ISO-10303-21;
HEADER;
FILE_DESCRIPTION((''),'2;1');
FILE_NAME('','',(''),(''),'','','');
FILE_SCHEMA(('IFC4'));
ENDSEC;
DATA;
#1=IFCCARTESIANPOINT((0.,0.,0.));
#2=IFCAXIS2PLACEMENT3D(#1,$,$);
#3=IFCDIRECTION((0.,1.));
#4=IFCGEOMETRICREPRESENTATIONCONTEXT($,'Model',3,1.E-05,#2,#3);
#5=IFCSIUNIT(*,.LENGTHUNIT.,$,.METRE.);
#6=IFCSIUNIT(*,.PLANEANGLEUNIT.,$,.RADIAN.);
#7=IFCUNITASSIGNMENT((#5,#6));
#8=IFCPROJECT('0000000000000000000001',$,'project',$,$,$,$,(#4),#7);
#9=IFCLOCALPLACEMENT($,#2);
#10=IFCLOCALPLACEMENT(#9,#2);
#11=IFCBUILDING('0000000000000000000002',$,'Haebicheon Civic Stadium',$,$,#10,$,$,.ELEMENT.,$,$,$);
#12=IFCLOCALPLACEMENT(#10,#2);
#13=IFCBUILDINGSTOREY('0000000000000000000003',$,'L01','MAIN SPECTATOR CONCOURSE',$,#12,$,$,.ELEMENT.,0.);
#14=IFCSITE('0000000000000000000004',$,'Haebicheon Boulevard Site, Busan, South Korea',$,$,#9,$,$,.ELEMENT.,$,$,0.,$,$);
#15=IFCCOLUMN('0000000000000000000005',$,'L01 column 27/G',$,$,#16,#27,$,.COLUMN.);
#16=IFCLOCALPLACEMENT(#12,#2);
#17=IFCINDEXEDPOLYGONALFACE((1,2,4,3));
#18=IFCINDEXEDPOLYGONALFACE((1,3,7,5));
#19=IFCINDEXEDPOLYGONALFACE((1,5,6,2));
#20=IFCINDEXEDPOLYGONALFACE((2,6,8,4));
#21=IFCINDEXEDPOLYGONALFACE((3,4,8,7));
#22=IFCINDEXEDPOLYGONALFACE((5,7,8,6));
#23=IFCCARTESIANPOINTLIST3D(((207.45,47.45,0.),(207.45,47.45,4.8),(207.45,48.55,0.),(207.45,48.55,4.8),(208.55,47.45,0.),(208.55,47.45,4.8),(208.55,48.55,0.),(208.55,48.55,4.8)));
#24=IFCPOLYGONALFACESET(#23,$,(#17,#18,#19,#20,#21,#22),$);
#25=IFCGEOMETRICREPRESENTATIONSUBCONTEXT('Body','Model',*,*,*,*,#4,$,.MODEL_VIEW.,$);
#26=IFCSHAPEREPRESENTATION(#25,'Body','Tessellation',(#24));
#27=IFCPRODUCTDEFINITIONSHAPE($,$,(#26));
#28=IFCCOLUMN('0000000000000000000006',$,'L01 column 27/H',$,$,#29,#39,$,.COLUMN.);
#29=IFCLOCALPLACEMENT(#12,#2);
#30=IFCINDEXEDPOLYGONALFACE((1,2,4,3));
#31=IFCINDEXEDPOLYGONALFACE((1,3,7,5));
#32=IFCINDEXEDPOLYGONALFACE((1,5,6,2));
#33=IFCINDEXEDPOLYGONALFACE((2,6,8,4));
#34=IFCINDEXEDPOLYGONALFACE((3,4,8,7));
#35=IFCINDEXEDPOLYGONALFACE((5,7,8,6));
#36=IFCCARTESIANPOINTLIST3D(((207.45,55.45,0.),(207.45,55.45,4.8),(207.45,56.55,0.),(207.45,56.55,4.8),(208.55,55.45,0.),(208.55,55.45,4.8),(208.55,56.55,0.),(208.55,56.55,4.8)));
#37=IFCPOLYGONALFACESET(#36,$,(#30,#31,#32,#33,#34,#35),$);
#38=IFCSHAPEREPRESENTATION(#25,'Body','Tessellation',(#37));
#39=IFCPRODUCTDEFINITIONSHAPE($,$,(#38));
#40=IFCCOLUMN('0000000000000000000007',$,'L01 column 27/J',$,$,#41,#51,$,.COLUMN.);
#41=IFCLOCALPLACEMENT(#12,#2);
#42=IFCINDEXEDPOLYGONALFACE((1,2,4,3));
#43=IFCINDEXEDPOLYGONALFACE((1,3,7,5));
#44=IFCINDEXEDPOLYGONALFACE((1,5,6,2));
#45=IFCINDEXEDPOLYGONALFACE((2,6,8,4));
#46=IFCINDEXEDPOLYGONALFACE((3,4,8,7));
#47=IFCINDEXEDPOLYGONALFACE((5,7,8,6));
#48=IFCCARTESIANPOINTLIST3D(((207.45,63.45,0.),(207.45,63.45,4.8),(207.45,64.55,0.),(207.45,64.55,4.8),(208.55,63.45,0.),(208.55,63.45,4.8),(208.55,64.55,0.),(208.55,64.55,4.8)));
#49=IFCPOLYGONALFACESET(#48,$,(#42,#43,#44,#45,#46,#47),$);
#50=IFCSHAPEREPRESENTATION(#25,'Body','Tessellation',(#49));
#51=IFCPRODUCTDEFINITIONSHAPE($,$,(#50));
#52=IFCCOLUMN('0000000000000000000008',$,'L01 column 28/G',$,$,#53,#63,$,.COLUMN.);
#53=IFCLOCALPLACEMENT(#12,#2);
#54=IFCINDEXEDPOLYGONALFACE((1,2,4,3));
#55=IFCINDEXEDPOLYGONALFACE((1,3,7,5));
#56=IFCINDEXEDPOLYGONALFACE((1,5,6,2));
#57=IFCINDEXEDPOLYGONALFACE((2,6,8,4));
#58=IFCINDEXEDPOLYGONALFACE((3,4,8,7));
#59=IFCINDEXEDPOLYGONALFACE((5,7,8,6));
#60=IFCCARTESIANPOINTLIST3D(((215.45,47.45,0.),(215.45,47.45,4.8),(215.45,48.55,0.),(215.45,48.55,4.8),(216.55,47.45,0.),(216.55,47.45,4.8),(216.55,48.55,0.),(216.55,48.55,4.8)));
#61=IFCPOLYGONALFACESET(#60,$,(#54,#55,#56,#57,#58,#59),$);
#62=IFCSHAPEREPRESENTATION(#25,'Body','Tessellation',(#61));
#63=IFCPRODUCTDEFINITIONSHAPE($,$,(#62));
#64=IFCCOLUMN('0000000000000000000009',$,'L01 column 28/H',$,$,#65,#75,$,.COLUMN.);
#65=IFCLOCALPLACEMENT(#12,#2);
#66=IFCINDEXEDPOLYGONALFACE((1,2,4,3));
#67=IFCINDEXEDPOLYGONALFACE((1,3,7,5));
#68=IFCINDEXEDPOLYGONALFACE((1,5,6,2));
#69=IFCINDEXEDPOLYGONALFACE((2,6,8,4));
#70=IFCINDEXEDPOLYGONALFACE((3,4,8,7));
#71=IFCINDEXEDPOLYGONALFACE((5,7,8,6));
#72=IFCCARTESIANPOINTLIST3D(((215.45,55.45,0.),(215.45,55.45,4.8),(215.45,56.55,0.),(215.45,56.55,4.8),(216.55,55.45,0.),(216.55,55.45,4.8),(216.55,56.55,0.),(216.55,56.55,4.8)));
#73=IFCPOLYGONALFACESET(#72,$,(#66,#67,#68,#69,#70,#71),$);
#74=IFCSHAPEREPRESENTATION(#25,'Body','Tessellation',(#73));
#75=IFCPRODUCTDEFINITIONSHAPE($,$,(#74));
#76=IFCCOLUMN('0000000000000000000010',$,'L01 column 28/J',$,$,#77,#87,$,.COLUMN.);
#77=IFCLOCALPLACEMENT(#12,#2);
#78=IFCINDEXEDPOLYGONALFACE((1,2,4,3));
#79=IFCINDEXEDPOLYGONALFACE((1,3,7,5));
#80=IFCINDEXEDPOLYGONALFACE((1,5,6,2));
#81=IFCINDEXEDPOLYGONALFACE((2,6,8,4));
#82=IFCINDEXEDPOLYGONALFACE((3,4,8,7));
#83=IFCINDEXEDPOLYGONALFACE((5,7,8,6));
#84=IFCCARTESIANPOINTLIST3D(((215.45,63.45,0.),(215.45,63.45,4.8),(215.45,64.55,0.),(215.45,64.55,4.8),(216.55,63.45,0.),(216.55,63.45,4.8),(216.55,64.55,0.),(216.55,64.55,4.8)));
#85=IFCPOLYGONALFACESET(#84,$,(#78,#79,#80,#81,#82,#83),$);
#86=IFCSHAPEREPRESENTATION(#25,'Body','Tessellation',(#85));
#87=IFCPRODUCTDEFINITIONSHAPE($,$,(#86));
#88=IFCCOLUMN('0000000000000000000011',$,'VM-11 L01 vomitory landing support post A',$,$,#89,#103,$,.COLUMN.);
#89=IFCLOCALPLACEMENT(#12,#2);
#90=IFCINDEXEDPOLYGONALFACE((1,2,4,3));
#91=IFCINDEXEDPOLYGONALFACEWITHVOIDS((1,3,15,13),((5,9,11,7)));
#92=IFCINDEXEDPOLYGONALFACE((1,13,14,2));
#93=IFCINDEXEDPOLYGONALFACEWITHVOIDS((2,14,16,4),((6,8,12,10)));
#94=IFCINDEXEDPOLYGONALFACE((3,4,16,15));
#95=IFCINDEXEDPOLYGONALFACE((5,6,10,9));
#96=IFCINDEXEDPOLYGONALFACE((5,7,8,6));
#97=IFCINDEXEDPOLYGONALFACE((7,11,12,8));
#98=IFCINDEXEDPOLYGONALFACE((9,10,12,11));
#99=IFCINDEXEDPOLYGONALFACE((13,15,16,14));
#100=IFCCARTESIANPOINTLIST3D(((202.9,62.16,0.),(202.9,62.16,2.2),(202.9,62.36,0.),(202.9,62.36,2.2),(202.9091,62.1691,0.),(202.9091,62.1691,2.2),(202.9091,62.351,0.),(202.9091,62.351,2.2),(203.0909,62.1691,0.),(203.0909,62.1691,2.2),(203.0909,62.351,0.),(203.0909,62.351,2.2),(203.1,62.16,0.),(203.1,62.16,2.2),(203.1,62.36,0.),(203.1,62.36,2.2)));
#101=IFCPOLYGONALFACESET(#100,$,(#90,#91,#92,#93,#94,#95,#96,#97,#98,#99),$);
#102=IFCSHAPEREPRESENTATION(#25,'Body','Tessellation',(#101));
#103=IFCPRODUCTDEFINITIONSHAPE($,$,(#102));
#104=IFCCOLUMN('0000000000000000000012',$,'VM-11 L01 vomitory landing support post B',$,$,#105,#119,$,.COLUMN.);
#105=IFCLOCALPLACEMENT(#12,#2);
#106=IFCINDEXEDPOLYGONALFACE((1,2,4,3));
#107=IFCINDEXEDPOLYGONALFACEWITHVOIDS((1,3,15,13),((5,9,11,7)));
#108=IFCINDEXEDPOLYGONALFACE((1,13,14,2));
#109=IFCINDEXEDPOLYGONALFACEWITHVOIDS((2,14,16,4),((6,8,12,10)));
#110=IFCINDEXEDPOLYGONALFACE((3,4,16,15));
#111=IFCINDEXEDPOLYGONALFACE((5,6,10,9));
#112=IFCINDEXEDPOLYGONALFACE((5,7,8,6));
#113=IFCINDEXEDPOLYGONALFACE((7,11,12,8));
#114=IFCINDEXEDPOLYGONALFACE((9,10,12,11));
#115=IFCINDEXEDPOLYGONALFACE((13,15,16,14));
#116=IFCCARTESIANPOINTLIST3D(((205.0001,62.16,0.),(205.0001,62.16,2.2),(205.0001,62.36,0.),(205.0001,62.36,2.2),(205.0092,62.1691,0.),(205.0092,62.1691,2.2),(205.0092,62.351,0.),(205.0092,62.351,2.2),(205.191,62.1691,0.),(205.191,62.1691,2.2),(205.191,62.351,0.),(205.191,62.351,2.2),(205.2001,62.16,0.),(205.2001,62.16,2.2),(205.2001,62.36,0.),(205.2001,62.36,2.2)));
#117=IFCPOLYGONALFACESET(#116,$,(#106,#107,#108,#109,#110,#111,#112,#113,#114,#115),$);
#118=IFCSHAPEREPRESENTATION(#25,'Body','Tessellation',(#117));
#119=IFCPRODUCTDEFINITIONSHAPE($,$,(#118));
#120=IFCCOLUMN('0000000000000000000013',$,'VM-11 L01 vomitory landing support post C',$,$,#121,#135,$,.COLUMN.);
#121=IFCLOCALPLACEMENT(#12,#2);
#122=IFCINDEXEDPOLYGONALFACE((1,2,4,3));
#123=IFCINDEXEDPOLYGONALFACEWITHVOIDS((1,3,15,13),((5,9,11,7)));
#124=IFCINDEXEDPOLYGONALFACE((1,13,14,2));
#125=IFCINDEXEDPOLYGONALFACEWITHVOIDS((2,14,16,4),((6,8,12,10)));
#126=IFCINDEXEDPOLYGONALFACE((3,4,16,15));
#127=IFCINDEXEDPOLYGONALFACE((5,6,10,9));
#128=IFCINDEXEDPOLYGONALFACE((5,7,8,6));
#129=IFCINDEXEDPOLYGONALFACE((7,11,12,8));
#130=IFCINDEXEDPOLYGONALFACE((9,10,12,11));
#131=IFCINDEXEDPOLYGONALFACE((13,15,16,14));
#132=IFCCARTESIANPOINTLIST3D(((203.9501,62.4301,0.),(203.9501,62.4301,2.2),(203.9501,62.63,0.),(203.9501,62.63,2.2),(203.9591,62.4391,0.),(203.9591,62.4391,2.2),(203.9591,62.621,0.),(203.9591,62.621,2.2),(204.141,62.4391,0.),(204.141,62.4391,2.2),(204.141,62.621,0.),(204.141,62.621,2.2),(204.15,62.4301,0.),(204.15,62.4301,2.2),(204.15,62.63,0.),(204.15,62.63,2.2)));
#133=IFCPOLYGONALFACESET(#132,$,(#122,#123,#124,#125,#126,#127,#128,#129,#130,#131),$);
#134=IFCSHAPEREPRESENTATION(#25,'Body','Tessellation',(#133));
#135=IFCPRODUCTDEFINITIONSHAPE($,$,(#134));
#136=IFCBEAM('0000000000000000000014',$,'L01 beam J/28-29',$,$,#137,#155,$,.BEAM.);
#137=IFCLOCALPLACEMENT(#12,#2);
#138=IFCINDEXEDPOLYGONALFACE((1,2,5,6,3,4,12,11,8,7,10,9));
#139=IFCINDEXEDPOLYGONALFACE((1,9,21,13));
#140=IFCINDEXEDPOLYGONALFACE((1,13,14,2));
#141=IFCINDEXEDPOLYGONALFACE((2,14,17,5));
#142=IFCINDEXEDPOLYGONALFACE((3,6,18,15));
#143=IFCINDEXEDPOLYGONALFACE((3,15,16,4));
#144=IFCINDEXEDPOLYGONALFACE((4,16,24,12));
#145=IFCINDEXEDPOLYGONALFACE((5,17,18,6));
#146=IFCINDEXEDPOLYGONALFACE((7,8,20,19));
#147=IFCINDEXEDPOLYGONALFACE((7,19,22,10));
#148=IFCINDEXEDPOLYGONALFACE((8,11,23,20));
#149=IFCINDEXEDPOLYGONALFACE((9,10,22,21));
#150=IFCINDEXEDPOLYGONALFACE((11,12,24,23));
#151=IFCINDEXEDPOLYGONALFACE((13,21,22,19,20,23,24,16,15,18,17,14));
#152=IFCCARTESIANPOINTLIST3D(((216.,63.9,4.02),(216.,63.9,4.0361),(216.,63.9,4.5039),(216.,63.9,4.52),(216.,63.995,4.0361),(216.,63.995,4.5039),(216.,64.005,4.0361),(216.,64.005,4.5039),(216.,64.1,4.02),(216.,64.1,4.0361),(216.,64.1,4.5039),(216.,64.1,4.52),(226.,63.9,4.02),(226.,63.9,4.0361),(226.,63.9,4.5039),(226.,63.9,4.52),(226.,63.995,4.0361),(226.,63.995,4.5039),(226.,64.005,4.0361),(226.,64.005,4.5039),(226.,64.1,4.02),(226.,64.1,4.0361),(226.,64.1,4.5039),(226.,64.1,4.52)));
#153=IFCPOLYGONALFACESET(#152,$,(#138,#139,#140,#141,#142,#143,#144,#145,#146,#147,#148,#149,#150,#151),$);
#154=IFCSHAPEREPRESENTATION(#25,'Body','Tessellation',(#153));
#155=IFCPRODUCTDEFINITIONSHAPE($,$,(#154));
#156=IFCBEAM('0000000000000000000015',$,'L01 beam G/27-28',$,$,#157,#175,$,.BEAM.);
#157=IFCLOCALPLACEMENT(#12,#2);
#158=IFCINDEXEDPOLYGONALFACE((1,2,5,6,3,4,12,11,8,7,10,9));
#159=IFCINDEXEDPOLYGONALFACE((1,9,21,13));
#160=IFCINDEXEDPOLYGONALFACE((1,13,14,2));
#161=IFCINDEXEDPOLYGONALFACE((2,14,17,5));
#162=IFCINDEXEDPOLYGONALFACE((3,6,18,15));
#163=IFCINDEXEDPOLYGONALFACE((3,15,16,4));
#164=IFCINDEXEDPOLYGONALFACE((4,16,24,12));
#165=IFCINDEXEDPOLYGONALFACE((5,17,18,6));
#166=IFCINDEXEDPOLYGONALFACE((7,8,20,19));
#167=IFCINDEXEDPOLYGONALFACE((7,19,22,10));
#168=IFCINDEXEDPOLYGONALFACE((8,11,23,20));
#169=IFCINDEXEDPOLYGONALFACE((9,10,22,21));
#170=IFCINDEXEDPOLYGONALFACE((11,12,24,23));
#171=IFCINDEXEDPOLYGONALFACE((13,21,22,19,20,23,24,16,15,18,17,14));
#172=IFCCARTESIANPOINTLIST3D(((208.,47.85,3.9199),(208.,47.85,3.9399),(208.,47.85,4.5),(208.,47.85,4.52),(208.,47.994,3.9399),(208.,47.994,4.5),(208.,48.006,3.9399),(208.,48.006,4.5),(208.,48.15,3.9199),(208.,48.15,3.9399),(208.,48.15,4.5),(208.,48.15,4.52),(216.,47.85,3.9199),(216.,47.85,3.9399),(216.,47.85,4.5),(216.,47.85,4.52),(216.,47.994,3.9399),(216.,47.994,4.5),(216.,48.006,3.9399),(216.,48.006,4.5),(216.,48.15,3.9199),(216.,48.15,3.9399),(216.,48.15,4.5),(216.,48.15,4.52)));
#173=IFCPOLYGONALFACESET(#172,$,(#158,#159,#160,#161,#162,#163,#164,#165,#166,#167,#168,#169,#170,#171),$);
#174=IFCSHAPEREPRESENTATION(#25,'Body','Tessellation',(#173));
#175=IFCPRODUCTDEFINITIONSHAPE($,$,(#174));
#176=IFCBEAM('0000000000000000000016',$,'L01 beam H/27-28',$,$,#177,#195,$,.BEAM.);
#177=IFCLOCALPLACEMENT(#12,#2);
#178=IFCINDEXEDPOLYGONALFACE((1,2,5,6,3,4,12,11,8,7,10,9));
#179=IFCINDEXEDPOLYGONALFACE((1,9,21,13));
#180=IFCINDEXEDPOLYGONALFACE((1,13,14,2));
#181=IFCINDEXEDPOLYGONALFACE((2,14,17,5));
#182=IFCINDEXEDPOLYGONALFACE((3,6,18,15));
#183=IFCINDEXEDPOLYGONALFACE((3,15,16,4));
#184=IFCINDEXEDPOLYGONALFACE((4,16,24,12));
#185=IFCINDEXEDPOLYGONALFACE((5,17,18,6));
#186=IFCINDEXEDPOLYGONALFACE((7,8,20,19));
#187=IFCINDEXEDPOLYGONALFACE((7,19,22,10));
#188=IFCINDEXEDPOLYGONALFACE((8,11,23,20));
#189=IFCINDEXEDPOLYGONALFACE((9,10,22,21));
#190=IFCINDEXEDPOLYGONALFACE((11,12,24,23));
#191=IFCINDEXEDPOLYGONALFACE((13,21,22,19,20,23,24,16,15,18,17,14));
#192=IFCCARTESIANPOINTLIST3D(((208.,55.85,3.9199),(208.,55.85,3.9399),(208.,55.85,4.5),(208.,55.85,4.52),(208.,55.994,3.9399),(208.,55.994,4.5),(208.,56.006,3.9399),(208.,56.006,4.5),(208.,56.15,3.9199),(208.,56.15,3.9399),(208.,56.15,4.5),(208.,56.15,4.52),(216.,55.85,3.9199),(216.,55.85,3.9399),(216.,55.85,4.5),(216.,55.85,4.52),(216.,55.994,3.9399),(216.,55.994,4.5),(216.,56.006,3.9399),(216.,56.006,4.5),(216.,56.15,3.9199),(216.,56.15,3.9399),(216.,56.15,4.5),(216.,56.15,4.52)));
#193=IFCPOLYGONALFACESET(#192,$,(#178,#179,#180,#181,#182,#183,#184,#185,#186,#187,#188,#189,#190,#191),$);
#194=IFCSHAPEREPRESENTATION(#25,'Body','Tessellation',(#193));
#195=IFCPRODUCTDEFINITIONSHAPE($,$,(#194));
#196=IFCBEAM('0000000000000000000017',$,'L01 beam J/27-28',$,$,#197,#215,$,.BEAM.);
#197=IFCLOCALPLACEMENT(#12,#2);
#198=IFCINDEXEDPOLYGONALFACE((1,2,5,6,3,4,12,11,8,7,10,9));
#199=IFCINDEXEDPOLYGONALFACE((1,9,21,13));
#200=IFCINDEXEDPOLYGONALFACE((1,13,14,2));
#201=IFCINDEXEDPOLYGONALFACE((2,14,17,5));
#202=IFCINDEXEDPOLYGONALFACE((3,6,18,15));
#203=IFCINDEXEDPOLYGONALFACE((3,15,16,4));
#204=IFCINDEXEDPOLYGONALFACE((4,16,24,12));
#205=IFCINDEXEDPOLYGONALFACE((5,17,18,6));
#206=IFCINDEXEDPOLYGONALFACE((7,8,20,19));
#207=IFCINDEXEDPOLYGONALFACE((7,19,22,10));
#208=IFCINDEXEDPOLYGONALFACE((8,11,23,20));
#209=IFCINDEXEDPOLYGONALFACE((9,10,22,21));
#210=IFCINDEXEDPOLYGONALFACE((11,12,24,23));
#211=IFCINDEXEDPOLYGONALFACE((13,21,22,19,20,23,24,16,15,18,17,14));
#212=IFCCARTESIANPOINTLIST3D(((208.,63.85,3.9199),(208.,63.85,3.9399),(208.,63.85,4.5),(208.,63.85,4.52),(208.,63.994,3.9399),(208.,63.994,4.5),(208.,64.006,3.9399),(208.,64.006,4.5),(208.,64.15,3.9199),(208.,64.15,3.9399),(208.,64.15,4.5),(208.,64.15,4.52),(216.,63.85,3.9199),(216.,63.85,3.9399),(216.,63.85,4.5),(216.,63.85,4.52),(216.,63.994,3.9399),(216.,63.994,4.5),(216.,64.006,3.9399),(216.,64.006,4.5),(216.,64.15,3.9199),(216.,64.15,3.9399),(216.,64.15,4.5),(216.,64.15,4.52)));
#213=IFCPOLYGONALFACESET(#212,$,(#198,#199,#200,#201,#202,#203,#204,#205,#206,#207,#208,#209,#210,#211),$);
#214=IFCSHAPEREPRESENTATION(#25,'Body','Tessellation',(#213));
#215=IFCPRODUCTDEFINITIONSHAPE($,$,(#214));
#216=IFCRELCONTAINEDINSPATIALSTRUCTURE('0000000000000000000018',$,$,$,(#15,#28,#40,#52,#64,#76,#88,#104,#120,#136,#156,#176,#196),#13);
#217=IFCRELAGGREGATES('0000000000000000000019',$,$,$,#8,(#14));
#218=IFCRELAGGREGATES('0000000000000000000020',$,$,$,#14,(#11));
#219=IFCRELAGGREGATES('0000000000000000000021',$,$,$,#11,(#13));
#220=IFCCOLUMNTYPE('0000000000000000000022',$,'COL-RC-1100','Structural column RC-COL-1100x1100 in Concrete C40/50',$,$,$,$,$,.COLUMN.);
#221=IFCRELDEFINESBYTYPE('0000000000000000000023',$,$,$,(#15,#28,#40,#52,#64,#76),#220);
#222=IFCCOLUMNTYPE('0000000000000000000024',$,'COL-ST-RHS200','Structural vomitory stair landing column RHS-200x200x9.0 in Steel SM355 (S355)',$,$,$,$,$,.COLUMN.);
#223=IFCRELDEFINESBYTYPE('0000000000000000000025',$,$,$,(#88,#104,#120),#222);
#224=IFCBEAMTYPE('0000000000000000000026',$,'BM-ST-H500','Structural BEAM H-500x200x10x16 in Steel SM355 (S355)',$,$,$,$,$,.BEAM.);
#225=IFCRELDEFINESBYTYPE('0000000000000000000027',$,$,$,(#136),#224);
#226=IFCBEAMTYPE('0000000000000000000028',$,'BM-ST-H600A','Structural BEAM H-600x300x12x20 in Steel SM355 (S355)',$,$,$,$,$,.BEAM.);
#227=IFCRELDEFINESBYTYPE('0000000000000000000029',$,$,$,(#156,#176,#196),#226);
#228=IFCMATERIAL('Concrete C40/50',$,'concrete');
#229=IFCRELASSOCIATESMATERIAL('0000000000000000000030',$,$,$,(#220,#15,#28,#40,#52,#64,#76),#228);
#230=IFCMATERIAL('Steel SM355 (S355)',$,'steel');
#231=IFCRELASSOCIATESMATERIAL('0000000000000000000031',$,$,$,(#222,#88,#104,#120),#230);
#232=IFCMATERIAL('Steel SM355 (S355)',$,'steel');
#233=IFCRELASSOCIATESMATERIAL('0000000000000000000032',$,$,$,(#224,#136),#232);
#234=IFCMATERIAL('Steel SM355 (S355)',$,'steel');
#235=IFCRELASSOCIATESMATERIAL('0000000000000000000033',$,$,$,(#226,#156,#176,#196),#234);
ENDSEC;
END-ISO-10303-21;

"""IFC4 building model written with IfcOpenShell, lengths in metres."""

from ifc_helpers import new_model, si_unit, direction, frame, origin, origin_2d, place, context, subcontext, project, spatial, rectangle, hollow_rectangle, i_section, extrude, material, material_profile, profile_set, type_object, element, save


model = new_model("IFC4")

# Units and contexts
model_context = context("Model", 3, precision=1e-05, world=origin(), true_north=direction((0.0, 1.0)))
body_context = subcontext(model_context, "Body", "Model", "MODEL_VIEW")
ifc_project = project(units=[si_unit("LENGTHUNIT", "METRE"), si_unit("PLANEANGLEUNIT", "RADIAN")], contexts=[model_context])

# Site, building, storey
site_placement = place(None, origin())
site = spatial("IfcSite", under=ifc_project, at=site_placement, Name="Haebicheon Boulevard Site, Busan, South Korea", CompositionType="ELEMENT", RefElevation=0.0)
building_placement = place(site_placement, origin())
building = spatial("IfcBuilding", under=site, at=building_placement, Name="Haebicheon Civic Stadium", CompositionType="ELEMENT")
storey_placement = place(building_placement, origin())
storey = spatial("IfcBuildingStorey", under=building, at=storey_placement, Name="L01", Description="MAIN SPECTATOR CONCOURSE", CompositionType="ELEMENT", Elevation=0.0)

# Columns
ifc_material_1 = material(Name="Concrete C40/50", Category="concrete")
ifc_material_profile_1 = material_profile(ifc_material_1, rectangle(XDim=1.1001, YDim=1.1001, at=origin_2d()), Name="RC-COL-1100x1100")
ifc_profile_set_1 = profile_set([ifc_material_profile_1], Name="Concrete C40/50")
column_type_1 = type_object("IfcColumnType", Name="COL-RC-1100", Description="Structural column RC-COL-1100x1100 in Concrete C40/50", PredefinedType="COLUMN", material=ifc_profile_set_1)
for number, where, z_axis, x_axis, name in (
    (1, (208.0, 48.0, 0.0), (0.0, 0.0, 1.0), (1.0, 0.0, 0.0), "L01 column 27/G"),
    (2, (208.0, 56.0, 0.0), (0.0, 0.0, 1.0), (1.0, 0.0, 0.0), "L01 column 27/H"),
    (3, (208.0, 64.0, 0.0), (0.0, 0.0, 1.0), (1.0, 0.0, 0.0), "L01 column 27/J"),
    (4, (216.0, 48.0, 0.0), (0.0, 0.0, 1.0), (1.0, 0.0, 0.0), "L01 column 28/G"),
    (5, (216.0, 56.0, 0.0), (0.0, 0.0, 1.0), (1.0, 0.0, 0.0), "L01 column 28/H"),
    (6, (216.0, 64.0, 0.0), (0.0, 0.0, 1.0), (1.0, 0.0, 0.0), "L01 column 28/J"),
):
    element("IfcColumn", number, at=place(storey_placement, frame(where, z_axis=z_axis, x_axis=x_axis)), inside=storey, type_object=column_type_1, material=ifc_profile_set_1, Name=name, PredefinedType="COLUMN", context=body_context, shape_type="SweptSolid", body=[
        extrude(rectangle(XDim=1.1001, YDim=1.1001, at=origin_2d()), origin(), (0.0, 0.0, 1.0), 4.8),
    ])
ifc_material_2 = material(Name="Steel SM355 (S355)", Category="steel")
ifc_material_profile_2 = material_profile(ifc_material_2, hollow_rectangle(XDim=0.2, YDim=0.2, WallThickness=0.009, at=origin_2d()), Name="RHS-200x200x9.0")
ifc_profile_set_2 = profile_set([ifc_material_profile_2], Name="Steel SM355 (S355)")
column_type_2 = type_object("IfcColumnType", Name="COL-ST-RHS200", Description="Structural vomitory stair landing column RHS-200x200x9.0 in Steel SM355 (S355)", PredefinedType="COLUMN", material=ifc_profile_set_2)
for number, where, z_axis, x_axis, name in (
    (7, (203.0, 62.26, 0.0), (0.0, 0.0, 1.0), (1.0, 0.0, 0.0), "VM-11 L01 vomitory landing support post A"),
    (8, (205.1001, 62.26, 0.0), (0.0, 0.0, 1.0), (1.0, 0.0, 0.0), "VM-11 L01 vomitory landing support post B"),
    (9, (204.05, 62.53, 0.0), (0.0, 0.0, 1.0), (1.0, 0.0, 0.0), "VM-11 L01 vomitory landing support post C"),
):
    element("IfcColumn", number, at=place(storey_placement, frame(where, z_axis=z_axis, x_axis=x_axis)), inside=storey, type_object=column_type_2, material=ifc_profile_set_2, Name=name, PredefinedType="COLUMN", context=body_context, shape_type="SweptSolid", body=[
        extrude(hollow_rectangle(XDim=0.2, YDim=0.2, WallThickness=0.009, at=origin_2d()), origin(), (0.0, 0.0, 1.0), 2.2),
    ])

# Beams
ifc_material_3 = material(Name="Steel SM355 (S355)", Category="steel")
ifc_material_profile_3 = material_profile(ifc_material_3, i_section(OverallWidth=0.2, OverallDepth=0.5, WebThickness=0.01, FlangeThickness=0.0161, at=origin_2d()), Name="H-500x200x10x16")
ifc_profile_set_3 = profile_set([ifc_material_profile_3], Name="Steel SM355 (S355)")
beam_type_1 = type_object("IfcBeamType", Name="BM-ST-H500", Description="Structural BEAM H-500x200x10x16 in Steel SM355 (S355)", PredefinedType="BEAM", material=ifc_profile_set_3)
beam_placement = place(storey_placement, frame((216.0, 64.0, 4.27), z_axis=(1.0, 0.0, 0.0), x_axis=(0.0, 1.0, 0.0)))
element("IfcBeam", 10, at=beam_placement, inside=storey, type_object=beam_type_1, material=ifc_profile_set_3, Name="L01 beam J/28-29", PredefinedType="BEAM", context=body_context, shape_type="SweptSolid", body=[
    extrude(i_section(OverallWidth=0.2, OverallDepth=0.5, WebThickness=0.01, FlangeThickness=0.0161, at=origin_2d()), origin(), (0.0, 0.0, 1.0), 10.0),
])
ifc_material_4 = material(Name="Steel SM355 (S355)", Category="steel")
ifc_material_profile_4 = material_profile(ifc_material_4, i_section(OverallWidth=0.3, OverallDepth=0.6001, WebThickness=0.012, FlangeThickness=0.02, at=origin_2d()), Name="H-600x300x12x20")
ifc_profile_set_4 = profile_set([ifc_material_profile_4], Name="Steel SM355 (S355)")
beam_type_2 = type_object("IfcBeamType", Name="BM-ST-H600A", Description="Structural BEAM H-600x300x12x20 in Steel SM355 (S355)", PredefinedType="BEAM", material=ifc_profile_set_4)
for number, where, z_axis, x_axis, name in (
    (11, (208.0, 48.0, 4.22), (1.0, 0.0, 0.0), (0.0, 1.0, 0.0), "L01 beam G/27-28"),
    (12, (208.0, 56.0, 4.22), (1.0, 0.0, 0.0), (0.0, 1.0, 0.0), "L01 beam H/27-28"),
    (13, (208.0, 64.0, 4.22), (1.0, 0.0, 0.0), (0.0, 1.0, 0.0), "L01 beam J/27-28"),
):
    element("IfcBeam", number, at=place(storey_placement, frame(where, z_axis=z_axis, x_axis=x_axis)), inside=storey, type_object=beam_type_2, material=ifc_profile_set_4, Name=name, PredefinedType="BEAM", context=body_context, shape_type="SweptSolid", body=[
        extrude(i_section(OverallWidth=0.3, OverallDepth=0.6001, WebThickness=0.012, FlangeThickness=0.02, at=origin_2d()), origin(), (0.0, 0.0, 1.0), 8.0),
    ])

save(model, "model.ifc")
